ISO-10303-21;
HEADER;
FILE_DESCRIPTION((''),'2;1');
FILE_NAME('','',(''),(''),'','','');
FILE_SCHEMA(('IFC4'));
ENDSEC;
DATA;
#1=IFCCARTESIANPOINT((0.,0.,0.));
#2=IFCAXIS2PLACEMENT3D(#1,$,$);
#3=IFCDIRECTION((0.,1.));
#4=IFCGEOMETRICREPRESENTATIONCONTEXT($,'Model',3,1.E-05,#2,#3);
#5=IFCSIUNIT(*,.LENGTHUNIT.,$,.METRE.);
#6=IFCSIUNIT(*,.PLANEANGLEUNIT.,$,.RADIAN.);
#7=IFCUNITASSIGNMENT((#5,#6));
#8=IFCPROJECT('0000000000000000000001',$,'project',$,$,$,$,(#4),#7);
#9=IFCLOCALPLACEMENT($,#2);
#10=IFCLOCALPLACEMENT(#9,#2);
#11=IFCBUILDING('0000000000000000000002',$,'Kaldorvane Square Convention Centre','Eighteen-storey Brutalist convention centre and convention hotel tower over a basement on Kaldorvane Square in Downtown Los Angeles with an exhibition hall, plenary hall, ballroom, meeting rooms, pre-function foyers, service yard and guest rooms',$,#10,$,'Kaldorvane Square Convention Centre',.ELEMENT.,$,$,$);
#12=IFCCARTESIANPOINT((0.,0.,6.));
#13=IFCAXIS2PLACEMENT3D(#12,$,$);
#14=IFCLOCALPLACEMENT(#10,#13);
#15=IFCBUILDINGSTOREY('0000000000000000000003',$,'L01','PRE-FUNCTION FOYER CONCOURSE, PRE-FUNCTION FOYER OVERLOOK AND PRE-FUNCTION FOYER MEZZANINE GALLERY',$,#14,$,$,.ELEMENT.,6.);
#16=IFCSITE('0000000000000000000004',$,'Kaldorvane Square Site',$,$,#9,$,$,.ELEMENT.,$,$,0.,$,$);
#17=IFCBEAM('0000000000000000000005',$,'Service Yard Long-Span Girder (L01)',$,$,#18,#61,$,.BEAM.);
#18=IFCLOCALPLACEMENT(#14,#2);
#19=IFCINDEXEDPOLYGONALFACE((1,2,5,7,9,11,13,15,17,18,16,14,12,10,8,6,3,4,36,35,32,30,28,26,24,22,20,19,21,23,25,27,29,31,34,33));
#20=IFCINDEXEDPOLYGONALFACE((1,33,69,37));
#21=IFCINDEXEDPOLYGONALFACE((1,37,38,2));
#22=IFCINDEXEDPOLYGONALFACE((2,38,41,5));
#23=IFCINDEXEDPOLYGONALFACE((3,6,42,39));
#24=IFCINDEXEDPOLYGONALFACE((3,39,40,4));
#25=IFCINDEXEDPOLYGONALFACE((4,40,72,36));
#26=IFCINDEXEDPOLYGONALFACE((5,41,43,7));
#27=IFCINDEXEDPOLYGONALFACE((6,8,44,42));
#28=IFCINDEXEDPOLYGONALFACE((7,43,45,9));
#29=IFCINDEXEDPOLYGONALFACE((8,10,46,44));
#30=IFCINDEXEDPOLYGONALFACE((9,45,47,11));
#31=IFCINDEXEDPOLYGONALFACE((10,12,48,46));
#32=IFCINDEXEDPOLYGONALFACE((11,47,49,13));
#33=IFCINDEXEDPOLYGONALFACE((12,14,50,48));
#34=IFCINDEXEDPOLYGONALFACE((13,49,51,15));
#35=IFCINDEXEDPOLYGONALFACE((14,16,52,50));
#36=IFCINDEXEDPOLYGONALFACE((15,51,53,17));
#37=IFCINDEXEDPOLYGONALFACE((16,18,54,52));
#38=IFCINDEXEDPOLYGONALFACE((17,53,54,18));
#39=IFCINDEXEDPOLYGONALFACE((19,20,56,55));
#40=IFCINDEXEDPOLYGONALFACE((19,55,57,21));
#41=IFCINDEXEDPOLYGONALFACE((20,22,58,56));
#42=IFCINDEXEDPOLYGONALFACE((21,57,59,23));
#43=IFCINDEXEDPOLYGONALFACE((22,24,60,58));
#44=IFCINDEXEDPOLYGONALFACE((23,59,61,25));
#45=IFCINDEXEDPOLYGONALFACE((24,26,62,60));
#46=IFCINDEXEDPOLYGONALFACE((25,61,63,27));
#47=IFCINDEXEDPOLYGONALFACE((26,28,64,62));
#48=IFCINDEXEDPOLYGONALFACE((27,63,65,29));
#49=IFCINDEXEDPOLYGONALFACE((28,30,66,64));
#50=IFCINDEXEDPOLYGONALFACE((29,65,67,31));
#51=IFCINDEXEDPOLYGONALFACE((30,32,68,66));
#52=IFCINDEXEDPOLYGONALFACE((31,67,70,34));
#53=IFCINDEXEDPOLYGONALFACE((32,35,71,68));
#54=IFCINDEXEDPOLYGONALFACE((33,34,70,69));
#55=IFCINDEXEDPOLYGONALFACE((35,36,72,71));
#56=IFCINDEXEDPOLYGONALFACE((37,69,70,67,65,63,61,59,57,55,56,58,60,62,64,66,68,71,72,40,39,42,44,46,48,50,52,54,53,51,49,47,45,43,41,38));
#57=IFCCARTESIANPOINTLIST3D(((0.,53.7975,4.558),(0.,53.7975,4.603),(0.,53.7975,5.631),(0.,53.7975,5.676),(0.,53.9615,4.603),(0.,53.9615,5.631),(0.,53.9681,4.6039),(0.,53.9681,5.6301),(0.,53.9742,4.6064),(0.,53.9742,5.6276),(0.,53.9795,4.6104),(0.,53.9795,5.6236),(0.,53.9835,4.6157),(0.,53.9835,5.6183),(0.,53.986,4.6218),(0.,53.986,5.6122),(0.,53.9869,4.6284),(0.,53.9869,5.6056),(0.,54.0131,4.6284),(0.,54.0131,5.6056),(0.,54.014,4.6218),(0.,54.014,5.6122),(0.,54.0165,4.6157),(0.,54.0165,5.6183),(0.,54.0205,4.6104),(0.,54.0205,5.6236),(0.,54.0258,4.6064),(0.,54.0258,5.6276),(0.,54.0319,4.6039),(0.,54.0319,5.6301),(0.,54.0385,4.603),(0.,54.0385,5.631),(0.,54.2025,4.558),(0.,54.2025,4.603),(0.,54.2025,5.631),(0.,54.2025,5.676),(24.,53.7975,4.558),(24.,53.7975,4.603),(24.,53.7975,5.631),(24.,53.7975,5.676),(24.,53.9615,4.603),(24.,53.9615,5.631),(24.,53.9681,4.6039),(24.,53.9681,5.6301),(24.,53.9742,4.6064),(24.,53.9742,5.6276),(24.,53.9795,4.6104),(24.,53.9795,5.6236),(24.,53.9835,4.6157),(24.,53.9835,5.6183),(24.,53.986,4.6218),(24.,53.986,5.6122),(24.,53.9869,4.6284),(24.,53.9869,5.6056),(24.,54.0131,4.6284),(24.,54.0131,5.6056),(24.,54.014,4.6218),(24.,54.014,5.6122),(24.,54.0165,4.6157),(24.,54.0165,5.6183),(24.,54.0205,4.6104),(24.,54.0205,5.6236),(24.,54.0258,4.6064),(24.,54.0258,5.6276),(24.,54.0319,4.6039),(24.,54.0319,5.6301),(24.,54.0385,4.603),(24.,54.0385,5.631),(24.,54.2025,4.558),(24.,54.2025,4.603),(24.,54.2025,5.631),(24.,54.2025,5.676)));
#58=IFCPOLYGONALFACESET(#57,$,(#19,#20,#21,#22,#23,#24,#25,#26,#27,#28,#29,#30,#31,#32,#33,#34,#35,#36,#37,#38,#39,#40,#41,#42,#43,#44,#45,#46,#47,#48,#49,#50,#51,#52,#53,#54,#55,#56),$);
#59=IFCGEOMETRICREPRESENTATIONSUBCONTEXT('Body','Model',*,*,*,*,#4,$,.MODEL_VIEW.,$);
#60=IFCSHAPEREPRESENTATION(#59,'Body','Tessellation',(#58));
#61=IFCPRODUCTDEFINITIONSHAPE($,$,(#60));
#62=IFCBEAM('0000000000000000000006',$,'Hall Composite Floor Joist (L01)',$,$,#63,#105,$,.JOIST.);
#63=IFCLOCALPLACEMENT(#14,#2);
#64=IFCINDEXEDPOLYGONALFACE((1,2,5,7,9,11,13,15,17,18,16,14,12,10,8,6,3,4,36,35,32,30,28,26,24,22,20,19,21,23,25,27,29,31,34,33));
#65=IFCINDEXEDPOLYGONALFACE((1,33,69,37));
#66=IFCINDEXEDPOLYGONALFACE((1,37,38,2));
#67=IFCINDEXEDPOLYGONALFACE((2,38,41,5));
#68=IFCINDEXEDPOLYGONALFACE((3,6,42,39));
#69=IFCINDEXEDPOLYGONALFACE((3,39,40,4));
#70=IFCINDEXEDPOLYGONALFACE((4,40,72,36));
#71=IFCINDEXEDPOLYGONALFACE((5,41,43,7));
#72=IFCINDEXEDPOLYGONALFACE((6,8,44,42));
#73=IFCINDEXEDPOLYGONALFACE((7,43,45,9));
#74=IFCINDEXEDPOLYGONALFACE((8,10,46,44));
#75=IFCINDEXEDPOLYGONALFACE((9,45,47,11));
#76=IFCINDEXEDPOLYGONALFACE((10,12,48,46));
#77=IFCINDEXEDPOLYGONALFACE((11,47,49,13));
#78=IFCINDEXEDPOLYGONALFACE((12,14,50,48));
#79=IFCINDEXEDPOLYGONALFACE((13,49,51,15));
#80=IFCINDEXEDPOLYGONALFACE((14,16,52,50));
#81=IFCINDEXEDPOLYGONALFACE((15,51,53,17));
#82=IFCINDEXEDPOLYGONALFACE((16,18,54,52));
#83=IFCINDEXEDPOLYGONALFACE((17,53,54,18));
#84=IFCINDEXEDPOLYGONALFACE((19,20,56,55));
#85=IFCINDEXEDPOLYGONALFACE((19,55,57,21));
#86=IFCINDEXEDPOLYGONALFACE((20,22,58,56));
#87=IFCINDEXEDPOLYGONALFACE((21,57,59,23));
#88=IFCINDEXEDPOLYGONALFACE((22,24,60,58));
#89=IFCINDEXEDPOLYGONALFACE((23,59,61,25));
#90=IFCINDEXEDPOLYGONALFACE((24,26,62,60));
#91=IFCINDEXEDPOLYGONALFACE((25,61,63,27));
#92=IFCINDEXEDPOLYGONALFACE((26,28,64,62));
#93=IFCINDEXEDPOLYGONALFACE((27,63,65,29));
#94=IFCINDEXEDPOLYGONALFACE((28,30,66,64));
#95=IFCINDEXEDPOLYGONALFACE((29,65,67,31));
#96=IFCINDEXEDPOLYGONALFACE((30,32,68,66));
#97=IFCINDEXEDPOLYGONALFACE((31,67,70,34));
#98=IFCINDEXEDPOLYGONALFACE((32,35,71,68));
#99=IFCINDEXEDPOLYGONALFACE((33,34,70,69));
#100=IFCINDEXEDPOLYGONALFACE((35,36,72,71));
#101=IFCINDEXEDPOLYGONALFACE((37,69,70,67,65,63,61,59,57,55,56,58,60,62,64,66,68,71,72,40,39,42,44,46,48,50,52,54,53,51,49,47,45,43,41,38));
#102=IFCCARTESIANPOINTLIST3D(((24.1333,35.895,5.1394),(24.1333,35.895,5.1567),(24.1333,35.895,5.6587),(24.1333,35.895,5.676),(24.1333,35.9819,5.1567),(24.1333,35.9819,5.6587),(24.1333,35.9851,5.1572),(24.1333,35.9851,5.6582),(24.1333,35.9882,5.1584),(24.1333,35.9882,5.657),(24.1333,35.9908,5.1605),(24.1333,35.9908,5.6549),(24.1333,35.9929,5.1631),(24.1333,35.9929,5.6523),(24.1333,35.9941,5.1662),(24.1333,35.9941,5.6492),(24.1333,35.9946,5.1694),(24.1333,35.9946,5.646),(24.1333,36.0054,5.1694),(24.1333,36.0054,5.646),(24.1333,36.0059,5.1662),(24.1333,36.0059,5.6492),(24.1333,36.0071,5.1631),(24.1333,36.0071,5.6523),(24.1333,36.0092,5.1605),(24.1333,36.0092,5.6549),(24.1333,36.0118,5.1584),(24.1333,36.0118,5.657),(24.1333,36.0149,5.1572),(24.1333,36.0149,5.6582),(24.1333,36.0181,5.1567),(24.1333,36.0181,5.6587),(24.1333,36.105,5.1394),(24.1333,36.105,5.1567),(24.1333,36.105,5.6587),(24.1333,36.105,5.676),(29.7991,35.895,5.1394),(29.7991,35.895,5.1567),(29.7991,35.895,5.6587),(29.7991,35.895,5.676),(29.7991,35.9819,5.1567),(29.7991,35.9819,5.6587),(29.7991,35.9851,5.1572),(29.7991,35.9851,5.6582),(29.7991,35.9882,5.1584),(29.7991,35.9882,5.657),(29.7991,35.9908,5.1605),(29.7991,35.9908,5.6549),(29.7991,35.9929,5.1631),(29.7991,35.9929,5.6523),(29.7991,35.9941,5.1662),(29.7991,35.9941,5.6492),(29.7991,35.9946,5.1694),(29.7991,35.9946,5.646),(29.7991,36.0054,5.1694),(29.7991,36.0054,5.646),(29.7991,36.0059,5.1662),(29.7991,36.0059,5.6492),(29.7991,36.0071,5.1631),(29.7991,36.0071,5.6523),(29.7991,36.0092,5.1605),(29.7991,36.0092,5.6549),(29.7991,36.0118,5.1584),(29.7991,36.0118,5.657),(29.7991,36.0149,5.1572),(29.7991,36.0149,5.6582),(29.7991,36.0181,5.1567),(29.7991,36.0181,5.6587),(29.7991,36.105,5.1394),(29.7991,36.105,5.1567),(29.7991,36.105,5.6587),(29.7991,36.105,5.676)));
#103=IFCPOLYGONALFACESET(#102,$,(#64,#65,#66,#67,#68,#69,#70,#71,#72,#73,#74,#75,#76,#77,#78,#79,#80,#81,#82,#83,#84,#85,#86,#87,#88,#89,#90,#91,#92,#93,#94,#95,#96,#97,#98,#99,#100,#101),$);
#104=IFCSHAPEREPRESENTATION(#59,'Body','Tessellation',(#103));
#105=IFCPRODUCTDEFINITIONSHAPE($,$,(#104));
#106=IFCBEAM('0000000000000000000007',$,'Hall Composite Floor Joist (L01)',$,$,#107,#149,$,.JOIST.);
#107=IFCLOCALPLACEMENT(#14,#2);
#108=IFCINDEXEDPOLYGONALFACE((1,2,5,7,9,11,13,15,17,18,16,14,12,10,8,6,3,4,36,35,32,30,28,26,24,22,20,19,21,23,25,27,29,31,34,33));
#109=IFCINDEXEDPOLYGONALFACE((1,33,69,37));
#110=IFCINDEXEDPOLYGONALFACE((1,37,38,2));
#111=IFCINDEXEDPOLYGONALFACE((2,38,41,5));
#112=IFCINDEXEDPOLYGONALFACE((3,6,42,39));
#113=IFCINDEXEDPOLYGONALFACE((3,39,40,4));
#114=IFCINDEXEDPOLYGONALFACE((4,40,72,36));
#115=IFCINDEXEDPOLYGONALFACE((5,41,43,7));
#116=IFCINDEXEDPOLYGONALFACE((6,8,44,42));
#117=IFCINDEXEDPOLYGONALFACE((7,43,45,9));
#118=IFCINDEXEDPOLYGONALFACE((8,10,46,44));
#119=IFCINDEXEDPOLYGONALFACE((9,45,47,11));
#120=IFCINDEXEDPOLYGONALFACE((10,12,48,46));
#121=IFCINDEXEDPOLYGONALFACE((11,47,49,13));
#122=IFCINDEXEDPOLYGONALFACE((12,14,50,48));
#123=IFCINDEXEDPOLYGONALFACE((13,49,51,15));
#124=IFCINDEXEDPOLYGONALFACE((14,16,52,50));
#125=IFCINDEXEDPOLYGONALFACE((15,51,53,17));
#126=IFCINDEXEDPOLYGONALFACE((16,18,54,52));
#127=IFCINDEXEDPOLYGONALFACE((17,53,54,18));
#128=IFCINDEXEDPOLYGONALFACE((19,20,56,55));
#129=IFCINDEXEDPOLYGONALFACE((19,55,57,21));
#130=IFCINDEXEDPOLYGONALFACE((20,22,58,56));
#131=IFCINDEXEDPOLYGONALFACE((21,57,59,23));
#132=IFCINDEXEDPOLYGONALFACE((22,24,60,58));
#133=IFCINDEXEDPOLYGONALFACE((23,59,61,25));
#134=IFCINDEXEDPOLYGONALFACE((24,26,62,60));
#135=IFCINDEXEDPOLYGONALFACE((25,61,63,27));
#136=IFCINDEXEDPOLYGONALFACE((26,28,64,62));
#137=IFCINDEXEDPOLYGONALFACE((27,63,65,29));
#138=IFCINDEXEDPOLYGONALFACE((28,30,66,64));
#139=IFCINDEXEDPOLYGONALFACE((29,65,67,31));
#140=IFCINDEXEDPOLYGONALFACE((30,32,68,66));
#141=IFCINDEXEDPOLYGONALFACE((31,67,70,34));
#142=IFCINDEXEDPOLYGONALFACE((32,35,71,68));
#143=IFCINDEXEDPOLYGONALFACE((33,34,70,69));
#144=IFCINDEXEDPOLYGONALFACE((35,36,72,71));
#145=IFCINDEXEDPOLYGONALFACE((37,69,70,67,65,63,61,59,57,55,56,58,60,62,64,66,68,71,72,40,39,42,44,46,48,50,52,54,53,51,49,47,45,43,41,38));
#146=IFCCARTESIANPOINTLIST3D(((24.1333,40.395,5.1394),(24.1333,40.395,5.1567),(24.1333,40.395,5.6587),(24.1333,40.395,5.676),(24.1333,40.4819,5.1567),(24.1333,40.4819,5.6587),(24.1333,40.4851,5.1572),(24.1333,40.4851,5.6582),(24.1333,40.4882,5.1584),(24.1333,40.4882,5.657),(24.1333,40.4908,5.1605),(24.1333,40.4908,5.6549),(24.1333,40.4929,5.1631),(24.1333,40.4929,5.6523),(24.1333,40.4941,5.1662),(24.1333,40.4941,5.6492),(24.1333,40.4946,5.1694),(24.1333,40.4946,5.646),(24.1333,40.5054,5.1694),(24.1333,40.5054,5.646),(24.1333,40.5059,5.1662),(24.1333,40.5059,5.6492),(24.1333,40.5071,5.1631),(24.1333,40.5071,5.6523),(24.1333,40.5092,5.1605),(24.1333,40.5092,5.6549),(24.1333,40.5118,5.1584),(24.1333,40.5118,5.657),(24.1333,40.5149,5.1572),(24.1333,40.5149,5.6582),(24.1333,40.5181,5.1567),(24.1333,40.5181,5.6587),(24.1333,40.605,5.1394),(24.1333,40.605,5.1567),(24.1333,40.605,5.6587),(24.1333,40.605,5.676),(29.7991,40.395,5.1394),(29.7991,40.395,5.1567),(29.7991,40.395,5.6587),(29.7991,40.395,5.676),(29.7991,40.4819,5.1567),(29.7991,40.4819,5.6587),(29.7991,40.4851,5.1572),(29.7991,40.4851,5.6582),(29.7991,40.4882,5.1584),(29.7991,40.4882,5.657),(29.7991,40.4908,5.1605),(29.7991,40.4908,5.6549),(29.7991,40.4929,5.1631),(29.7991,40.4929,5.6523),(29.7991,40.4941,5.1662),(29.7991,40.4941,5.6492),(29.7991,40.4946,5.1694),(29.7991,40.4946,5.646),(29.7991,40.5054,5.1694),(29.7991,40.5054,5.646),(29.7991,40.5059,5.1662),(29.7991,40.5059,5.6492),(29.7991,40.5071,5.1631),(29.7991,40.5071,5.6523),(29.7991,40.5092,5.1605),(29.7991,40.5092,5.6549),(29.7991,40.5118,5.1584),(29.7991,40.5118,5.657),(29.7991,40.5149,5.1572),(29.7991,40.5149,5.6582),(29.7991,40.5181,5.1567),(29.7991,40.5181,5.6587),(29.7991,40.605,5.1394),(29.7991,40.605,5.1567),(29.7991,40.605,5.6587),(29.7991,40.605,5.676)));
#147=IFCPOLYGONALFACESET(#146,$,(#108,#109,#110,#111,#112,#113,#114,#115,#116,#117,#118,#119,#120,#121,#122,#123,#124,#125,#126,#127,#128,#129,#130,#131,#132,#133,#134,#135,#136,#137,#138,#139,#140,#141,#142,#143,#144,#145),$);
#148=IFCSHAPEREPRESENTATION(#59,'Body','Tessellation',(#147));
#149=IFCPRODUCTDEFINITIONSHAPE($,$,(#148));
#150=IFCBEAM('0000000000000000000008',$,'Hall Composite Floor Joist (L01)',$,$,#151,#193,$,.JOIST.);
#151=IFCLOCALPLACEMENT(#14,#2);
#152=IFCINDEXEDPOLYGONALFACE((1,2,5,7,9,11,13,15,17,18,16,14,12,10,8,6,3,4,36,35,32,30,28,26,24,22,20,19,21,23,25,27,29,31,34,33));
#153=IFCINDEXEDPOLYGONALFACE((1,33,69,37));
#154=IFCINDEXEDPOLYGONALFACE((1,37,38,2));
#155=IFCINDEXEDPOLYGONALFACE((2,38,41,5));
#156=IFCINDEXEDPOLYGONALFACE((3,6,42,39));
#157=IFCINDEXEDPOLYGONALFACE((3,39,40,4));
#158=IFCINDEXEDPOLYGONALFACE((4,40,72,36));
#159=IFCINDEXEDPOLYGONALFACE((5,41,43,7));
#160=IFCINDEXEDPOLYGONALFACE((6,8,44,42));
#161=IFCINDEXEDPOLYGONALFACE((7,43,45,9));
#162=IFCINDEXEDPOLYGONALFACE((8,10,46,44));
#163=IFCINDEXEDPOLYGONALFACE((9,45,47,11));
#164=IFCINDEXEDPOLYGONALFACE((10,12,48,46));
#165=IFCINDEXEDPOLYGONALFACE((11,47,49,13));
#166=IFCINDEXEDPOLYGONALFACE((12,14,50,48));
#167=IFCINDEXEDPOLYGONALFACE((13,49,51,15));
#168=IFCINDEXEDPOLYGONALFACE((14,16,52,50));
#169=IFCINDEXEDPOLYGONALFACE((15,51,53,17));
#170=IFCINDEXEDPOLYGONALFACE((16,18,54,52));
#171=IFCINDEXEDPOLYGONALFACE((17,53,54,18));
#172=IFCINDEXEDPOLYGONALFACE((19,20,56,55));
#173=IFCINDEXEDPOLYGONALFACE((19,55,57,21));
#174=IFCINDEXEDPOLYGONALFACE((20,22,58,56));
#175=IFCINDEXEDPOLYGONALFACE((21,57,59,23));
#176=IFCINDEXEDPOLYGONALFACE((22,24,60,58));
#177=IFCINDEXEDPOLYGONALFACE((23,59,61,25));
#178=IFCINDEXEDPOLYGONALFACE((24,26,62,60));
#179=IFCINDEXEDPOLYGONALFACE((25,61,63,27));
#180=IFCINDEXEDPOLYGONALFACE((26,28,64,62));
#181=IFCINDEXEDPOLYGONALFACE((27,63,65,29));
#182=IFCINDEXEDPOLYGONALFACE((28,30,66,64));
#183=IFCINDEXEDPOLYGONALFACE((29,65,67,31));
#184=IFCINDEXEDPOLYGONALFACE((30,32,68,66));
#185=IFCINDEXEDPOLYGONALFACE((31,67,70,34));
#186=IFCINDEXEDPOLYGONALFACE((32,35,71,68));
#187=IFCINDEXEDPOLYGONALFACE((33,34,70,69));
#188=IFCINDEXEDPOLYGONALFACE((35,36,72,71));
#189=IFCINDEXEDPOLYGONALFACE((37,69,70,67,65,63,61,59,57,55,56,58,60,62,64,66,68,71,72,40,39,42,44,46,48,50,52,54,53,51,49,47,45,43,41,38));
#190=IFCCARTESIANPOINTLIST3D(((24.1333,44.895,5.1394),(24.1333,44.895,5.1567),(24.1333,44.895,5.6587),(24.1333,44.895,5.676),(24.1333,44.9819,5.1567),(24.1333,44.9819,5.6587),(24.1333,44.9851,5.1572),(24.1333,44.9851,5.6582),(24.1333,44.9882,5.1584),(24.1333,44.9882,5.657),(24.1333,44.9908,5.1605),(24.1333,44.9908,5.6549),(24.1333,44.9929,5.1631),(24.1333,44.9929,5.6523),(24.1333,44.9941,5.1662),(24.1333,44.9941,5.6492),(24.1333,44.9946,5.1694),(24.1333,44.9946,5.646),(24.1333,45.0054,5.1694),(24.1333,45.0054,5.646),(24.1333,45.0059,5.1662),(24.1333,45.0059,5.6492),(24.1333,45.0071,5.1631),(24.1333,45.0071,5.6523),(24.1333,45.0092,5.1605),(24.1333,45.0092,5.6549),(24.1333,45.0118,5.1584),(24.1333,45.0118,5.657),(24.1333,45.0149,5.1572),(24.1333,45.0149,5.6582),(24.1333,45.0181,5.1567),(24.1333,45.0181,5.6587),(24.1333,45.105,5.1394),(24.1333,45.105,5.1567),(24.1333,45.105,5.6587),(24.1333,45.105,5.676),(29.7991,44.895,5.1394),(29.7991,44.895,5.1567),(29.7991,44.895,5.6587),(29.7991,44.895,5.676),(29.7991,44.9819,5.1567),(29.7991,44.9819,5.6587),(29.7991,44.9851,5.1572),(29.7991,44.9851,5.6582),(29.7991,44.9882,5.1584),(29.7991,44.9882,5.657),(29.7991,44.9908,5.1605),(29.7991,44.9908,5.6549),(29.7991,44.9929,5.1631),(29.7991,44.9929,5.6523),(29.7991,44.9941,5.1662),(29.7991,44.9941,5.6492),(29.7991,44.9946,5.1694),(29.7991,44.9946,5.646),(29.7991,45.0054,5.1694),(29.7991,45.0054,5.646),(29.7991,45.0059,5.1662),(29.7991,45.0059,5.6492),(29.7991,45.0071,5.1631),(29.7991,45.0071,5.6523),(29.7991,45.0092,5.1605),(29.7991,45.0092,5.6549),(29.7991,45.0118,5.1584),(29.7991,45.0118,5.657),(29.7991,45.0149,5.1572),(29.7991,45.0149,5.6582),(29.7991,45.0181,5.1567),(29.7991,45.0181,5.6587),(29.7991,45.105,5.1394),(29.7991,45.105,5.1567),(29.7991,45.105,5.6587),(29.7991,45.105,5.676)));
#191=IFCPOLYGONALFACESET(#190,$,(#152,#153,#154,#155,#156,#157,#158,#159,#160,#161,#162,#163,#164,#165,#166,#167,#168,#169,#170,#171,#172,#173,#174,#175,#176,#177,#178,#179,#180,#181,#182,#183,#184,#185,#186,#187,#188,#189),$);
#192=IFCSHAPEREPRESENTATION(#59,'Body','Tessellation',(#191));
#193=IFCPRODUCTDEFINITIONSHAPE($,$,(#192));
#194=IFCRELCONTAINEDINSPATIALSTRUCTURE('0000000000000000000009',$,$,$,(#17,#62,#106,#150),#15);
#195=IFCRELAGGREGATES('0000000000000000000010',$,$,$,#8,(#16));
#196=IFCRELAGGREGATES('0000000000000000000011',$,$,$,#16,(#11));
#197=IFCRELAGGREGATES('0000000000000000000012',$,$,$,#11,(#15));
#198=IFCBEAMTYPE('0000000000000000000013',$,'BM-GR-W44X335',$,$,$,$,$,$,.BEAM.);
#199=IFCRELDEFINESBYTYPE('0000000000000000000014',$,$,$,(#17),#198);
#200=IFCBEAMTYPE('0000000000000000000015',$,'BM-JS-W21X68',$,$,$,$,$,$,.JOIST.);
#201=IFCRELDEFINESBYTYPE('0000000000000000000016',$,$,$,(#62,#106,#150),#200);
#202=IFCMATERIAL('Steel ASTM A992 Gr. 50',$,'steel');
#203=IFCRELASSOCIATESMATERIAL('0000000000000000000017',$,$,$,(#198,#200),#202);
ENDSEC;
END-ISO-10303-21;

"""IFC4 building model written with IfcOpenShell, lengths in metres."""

from ifc_helpers import new_model, si_unit, direction, frame, origin, origin_2d, place, context, subcontext, project, spatial, i_section, extrude, material, material_profile, profile_set, type_object, element, save


model = new_model("IFC4")

# Units and contexts
model_context = context("Model", 3, precision=1e-05, world=origin(), true_north=direction((0.0, 1.0)))
body_context = subcontext(model_context, "Body", "Model", "MODEL_VIEW")
ifc_project = project(units=[si_unit("LENGTHUNIT", "METRE"), si_unit("PLANEANGLEUNIT", "RADIAN")], contexts=[model_context])

# Site, building, storey
site_placement = place(None, origin())
site = spatial("IfcSite", under=ifc_project, at=site_placement, Name="Kaldorvane Square Site", CompositionType="ELEMENT", RefElevation=0.0)
building_placement = place(site_placement, origin())
building = spatial("IfcBuilding", under=site, at=building_placement, Name="Kaldorvane Square Convention Centre", Description="Eighteen-storey Brutalist convention centre and convention hotel tower over a basement on Kaldorvane Square in Downtown Los Angeles with an exhibition hall, plenary hall, ballroom, meeting rooms, pre-function foyers, service yard and guest rooms", LongName="Kaldorvane Square Convention Centre", CompositionType="ELEMENT")
storey_placement = place(building_placement, frame((0.0, 0.0, 6.0)))
storey = spatial("IfcBuildingStorey", under=building, at=storey_placement, Name="L01", Description="PRE-FUNCTION FOYER CONCOURSE, PRE-FUNCTION FOYER OVERLOOK AND PRE-FUNCTION FOYER MEZZANINE GALLERY", CompositionType="ELEMENT", Elevation=6.0)

# Shared definitions
ifc_material_1 = material(Name="Steel ASTM A992 Gr. 50", Category="steel")

# Beams
ifc_material_profile_1 = material_profile(ifc_material_1, i_section(OverallWidth=0.405, OverallDepth=1.118, WebThickness=0.0262, FlangeThickness=0.045, FilletRadius=0.0254, at=origin_2d()), Name="W44X335")
ifc_profile_set_1 = profile_set([ifc_material_profile_1], Name="Steel ASTM A992 Gr. 50")
beam_type_1 = type_object("IfcBeamType", Name="BM-GR-W44X335", PredefinedType="BEAM", material=ifc_profile_set_1)
for number, where, z_axis, x_axis, name in (
    (1, (0.0, 54.0, 5.117), (1.0, 0.0, 0.0), (0.0, 1.0, 0.0), "Service Yard Long-Span Girder (L01)"),
):
    element("IfcBeam", number, at=place(storey_placement, frame(where, z_axis=z_axis, x_axis=x_axis)), inside=storey, type_object=beam_type_1, Name=name, PredefinedType="BEAM", context=body_context, shape_type="SweptSolid", body=[
        extrude(i_section(OverallWidth=0.405, OverallDepth=1.118, WebThickness=0.0262, FlangeThickness=0.045, FilletRadius=0.0254, at=origin_2d()), origin(), (0.0, 0.0, 1.0), 24.0),
    ])
ifc_material_profile_2 = material_profile(ifc_material_1, i_section(OverallWidth=0.2101, OverallDepth=0.5367, WebThickness=0.0109, FlangeThickness=0.0174, FilletRadius=0.0127, at=origin_2d()), Name="W21X68")
ifc_profile_set_2 = profile_set([ifc_material_profile_2], Name="Steel ASTM A992 Gr. 50")
beam_type_2 = type_object("IfcBeamType", Name="BM-JS-W21X68", PredefinedType="JOIST", material=ifc_profile_set_2)
for number, where, z_axis, x_axis, name in (
    (2, (24.1333, 36.0, 5.4077), (1.0, 0.0, 0.0), (0.0, 1.0, 0.0), "Hall Composite Floor Joist (L01)"),
    (3, (24.1333, 40.5, 5.4077), (1.0, 0.0, 0.0), (0.0, 1.0, 0.0), "Hall Composite Floor Joist (L01)"),
    (4, (24.1333, 45.0, 5.4077), (1.0, 0.0, 0.0), (0.0, 1.0, 0.0), "Hall Composite Floor Joist (L01)"),
):
    element("IfcBeam", number, at=place(storey_placement, frame(where, z_axis=z_axis, x_axis=x_axis)), inside=storey, type_object=beam_type_2, Name=name, PredefinedType="JOIST", context=body_context, shape_type="SweptSolid", body=[
        extrude(i_section(OverallWidth=0.2101, OverallDepth=0.5367, WebThickness=0.0109, FlangeThickness=0.0174, FilletRadius=0.0127, at=origin_2d()), origin(), (0.0, 0.0, 1.0), 5.6658),
    ])

save(model, "model.ifc")
